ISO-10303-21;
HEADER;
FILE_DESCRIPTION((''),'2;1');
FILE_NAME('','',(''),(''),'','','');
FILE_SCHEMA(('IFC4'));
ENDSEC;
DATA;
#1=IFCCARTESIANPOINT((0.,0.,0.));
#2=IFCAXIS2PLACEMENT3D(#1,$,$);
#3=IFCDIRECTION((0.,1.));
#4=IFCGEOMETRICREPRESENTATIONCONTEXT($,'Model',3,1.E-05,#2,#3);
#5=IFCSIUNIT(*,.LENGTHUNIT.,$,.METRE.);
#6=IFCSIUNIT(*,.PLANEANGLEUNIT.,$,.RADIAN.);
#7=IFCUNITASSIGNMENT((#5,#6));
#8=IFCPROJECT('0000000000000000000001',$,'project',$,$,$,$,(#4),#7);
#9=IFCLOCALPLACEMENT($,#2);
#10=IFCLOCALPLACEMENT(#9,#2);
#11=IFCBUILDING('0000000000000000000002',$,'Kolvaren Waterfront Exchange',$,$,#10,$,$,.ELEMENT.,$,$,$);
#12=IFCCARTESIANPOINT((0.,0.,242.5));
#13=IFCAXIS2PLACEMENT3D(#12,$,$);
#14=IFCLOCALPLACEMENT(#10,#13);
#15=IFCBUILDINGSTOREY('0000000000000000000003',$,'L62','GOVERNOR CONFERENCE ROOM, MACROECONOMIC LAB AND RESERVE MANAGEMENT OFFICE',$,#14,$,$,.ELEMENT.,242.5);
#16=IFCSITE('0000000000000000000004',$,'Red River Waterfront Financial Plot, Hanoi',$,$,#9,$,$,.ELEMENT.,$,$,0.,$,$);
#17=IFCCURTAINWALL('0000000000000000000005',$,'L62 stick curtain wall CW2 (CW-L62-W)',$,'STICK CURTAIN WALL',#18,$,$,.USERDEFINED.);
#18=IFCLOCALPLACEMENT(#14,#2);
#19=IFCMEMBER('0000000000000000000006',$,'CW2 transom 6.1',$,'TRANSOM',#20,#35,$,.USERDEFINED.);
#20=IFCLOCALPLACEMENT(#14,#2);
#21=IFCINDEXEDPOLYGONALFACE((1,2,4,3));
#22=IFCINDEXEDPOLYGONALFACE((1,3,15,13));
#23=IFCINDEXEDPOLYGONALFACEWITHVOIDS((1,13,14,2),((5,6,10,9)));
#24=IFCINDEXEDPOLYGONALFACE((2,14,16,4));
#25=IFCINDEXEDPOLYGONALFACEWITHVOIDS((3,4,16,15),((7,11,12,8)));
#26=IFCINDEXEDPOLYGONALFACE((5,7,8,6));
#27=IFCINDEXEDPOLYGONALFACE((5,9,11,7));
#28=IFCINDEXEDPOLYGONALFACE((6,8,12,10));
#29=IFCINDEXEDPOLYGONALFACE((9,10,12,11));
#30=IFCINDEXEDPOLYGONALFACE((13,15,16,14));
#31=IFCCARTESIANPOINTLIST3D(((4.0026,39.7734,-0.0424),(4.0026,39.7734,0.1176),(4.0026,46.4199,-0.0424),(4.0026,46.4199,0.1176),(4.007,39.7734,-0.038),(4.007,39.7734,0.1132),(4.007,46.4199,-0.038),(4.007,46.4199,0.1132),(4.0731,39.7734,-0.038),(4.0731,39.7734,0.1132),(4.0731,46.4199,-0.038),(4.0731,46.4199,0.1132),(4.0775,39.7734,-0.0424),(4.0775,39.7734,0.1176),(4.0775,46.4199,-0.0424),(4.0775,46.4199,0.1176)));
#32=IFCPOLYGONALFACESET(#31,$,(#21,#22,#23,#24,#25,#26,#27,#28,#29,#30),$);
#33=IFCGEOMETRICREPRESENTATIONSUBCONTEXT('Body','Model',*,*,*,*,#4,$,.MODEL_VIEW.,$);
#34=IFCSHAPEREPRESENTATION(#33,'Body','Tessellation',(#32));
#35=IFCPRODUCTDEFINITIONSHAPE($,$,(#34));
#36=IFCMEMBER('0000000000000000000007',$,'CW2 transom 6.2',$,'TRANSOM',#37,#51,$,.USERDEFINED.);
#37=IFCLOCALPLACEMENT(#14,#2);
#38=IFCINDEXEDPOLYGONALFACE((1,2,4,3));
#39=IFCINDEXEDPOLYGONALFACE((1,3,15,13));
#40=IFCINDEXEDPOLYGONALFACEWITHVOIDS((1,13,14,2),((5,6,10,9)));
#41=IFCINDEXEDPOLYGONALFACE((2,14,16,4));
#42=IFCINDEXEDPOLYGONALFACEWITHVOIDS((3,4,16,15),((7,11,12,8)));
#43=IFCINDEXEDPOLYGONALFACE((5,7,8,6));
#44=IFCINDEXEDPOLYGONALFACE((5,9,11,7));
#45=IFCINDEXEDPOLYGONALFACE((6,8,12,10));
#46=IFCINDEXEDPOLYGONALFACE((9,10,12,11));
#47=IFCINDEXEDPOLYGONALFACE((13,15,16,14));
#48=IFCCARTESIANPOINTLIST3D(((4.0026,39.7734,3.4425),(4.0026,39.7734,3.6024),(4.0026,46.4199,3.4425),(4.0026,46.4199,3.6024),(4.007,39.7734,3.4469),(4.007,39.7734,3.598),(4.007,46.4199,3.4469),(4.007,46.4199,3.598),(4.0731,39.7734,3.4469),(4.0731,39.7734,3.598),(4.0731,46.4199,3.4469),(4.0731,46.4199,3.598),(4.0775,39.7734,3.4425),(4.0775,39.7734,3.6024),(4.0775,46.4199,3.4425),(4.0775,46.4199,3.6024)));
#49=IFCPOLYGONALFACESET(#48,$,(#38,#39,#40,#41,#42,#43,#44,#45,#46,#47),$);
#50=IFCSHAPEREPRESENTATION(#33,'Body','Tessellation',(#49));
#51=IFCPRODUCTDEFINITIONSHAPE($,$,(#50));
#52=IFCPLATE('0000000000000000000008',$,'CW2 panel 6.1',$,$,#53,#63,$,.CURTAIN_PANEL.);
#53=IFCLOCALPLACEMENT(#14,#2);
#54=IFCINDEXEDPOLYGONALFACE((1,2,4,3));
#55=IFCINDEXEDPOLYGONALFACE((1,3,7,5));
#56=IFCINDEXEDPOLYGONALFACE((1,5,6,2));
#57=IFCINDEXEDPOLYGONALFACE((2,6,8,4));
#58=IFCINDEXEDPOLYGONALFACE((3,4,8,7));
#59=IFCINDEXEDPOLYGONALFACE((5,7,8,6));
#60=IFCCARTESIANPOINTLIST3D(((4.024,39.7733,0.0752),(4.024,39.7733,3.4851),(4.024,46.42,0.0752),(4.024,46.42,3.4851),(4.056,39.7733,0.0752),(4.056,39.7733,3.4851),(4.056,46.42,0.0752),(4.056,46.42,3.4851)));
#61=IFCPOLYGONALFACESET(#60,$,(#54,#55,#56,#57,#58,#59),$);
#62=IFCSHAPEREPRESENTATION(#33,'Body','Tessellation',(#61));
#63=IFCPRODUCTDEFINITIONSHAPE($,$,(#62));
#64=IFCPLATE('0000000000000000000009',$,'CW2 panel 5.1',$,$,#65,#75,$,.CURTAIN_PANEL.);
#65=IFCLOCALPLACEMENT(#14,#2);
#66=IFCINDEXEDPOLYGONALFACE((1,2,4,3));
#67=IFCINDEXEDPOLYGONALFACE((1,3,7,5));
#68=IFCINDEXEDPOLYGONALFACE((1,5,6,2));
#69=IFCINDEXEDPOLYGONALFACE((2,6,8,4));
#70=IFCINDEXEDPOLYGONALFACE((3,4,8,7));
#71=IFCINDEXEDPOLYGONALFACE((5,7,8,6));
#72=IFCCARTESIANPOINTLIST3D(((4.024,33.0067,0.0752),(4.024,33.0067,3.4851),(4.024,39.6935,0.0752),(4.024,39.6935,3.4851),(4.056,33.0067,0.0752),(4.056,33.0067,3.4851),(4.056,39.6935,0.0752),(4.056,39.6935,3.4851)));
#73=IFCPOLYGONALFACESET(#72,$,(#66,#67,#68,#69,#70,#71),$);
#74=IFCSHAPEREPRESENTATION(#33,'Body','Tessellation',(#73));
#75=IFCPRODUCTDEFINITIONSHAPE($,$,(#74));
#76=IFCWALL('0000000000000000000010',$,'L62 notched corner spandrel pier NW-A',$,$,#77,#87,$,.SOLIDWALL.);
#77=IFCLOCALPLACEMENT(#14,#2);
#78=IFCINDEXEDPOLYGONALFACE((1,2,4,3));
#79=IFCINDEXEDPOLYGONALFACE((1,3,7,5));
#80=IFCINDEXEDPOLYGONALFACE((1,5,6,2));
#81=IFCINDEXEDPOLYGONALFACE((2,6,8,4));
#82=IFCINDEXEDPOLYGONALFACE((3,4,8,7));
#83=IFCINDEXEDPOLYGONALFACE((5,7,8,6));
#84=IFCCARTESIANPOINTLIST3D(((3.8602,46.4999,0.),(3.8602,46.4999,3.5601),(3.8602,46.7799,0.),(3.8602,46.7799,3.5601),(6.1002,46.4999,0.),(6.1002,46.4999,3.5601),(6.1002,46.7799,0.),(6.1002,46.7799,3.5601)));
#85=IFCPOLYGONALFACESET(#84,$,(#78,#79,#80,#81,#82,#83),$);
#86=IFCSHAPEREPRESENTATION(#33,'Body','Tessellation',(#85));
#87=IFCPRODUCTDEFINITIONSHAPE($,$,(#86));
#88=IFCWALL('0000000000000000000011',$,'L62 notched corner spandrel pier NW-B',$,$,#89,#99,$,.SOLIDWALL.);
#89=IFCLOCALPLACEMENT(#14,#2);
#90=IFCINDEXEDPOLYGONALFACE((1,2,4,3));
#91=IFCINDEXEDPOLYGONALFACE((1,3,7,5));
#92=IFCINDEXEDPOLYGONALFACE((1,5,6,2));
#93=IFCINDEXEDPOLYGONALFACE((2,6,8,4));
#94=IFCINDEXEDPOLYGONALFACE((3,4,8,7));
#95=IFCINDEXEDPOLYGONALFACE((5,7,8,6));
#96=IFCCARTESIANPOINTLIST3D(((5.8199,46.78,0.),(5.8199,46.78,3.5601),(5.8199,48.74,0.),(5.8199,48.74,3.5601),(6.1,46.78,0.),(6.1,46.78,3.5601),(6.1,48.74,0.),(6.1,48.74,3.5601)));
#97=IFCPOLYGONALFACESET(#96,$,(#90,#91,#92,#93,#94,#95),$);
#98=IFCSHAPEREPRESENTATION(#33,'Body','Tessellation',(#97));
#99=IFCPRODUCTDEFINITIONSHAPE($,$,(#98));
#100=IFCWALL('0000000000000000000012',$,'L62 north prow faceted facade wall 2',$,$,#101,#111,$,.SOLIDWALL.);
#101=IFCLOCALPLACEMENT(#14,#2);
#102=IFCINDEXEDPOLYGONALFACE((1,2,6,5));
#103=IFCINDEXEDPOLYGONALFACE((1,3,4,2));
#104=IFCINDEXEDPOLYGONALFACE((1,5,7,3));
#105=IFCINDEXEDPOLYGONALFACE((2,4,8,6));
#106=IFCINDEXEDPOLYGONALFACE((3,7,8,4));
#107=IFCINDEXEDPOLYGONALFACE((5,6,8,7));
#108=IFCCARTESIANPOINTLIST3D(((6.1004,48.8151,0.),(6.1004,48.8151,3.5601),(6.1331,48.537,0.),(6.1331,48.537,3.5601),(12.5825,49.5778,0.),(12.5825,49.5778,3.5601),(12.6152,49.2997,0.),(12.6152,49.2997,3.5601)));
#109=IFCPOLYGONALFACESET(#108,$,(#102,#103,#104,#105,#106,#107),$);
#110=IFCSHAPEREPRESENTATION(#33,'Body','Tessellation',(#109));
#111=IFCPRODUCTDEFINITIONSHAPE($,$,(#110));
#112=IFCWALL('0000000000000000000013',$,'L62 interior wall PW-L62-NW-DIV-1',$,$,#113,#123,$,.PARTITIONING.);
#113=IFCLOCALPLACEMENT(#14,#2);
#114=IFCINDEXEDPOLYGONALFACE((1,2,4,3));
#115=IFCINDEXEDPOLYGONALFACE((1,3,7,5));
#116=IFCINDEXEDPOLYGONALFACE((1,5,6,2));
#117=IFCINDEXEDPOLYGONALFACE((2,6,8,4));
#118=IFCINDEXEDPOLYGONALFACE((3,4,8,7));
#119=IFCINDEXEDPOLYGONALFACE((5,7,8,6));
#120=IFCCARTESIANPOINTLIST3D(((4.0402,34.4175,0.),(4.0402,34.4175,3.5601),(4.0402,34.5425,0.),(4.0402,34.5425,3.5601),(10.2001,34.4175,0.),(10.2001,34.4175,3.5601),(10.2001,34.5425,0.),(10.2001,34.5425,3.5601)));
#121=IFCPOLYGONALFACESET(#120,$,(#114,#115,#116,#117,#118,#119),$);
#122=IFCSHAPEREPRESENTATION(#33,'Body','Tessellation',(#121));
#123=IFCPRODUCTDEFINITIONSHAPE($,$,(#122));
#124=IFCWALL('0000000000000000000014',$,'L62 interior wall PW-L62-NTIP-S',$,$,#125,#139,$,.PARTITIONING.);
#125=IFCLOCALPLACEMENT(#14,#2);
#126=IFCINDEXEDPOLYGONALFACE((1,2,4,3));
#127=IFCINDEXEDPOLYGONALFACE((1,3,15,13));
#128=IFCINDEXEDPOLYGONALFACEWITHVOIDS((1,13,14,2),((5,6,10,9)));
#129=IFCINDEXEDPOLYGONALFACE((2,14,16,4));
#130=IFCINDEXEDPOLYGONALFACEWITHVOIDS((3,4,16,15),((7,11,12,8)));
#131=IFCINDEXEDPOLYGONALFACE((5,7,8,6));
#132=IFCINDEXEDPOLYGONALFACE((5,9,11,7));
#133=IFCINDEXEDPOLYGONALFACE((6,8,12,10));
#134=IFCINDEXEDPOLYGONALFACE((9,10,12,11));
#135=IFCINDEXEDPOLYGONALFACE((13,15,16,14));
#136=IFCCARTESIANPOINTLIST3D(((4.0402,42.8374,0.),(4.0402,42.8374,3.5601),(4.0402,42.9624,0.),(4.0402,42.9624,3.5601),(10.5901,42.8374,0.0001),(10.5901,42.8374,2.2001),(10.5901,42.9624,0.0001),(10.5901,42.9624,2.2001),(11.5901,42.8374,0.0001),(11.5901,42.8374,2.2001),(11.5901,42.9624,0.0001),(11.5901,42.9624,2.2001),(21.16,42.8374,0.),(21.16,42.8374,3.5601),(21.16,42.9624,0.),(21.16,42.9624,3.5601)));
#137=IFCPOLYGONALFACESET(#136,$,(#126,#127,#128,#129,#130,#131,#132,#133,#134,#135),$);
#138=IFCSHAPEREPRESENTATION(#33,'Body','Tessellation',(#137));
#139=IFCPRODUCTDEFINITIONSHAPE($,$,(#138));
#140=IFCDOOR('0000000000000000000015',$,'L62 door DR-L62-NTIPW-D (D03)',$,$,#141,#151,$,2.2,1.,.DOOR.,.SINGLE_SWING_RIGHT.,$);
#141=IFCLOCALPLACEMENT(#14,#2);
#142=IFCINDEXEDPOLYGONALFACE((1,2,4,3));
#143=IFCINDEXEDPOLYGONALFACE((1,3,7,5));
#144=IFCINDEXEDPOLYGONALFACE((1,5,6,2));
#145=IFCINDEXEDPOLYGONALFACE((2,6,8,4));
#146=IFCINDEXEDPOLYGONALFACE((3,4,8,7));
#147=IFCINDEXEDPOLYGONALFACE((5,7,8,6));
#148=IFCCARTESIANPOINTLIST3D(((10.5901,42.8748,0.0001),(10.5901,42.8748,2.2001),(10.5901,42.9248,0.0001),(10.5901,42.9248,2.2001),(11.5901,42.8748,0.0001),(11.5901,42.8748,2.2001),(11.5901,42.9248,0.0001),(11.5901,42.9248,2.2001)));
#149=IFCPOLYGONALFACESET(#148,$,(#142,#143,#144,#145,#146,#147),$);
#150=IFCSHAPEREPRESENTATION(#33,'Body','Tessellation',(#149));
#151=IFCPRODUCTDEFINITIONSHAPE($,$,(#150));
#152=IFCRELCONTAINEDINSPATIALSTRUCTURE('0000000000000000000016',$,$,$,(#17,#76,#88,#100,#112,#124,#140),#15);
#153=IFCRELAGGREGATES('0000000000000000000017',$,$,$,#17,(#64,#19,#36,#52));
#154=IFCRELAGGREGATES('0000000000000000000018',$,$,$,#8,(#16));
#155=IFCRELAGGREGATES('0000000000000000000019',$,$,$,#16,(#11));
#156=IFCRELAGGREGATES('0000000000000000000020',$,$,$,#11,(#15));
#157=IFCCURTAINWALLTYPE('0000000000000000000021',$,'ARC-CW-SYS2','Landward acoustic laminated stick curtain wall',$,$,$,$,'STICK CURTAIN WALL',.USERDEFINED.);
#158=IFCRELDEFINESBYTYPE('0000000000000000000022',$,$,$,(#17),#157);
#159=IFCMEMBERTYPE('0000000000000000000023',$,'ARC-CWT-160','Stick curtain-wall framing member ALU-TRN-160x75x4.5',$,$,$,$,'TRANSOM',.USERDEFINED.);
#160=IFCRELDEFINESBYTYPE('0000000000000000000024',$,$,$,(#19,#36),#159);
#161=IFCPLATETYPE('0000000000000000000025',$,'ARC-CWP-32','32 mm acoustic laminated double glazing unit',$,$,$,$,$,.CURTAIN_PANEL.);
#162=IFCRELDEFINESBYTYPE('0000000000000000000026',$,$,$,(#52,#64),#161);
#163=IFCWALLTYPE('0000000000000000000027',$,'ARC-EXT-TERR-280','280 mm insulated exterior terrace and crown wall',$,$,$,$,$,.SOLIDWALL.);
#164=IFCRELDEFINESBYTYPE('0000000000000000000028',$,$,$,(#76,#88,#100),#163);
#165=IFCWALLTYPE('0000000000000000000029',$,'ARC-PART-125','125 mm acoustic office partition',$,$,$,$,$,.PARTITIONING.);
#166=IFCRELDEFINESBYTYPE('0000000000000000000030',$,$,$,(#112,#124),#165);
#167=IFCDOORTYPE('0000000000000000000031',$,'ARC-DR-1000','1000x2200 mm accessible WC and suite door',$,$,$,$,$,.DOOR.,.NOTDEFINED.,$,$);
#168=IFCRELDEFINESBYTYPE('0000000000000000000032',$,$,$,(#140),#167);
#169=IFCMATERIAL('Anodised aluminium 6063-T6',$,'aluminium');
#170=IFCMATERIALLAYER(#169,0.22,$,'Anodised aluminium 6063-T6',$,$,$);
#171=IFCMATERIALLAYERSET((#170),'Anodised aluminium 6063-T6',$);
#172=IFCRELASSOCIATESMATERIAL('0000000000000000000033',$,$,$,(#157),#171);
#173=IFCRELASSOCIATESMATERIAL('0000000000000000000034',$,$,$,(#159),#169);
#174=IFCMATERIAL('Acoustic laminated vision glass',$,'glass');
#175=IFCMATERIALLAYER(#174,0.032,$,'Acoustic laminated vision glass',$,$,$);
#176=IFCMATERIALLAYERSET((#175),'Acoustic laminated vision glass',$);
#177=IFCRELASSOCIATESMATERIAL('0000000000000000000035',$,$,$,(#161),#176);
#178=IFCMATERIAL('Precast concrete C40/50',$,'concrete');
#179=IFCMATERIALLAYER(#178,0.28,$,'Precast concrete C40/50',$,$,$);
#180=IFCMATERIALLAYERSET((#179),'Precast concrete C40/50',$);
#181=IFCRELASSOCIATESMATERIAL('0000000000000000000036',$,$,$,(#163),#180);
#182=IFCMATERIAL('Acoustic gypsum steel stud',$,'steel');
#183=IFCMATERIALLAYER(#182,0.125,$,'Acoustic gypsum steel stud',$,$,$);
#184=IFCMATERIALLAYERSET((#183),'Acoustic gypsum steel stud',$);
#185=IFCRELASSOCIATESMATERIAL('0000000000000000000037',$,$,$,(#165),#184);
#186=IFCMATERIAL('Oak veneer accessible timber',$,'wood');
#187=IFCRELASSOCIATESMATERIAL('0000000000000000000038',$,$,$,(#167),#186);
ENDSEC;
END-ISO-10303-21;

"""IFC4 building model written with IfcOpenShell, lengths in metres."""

from ifc_helpers import new_model, si_unit, direction, frame, frame_2d, origin, origin_with_axes, origin_2d, place, context, subcontext, project, spatial, rectangle, hollow_rectangle, extrude, source, transform, mapped, material, layer, layer_set, material_profile, profile_set, type_object, element, fill, aggregate, save


model = new_model("IFC4")

# Units and contexts
model_context = context("Model", 3, precision=1e-05, world=origin(), true_north=direction((0.0, 1.0)))
body_context = subcontext(model_context, "Body", "Model", "MODEL_VIEW")
ifc_project = project(units=[si_unit("LENGTHUNIT", "METRE"), si_unit("PLANEANGLEUNIT", "RADIAN")], contexts=[model_context])

# Site, building, storey
site_placement = place(None, origin())
site = spatial("IfcSite", under=ifc_project, at=site_placement, Name="Red River Waterfront Financial Plot, Hanoi", CompositionType="ELEMENT", RefElevation=0.0)
building_placement = place(site_placement, origin())
building = spatial("IfcBuilding", under=site, at=building_placement, Name="Kolvaren Waterfront Exchange", CompositionType="ELEMENT")
storey_placement = place(building_placement, frame((0.0, 0.0, 242.5)))
storey = spatial("IfcBuildingStorey", under=building, at=storey_placement, Name="L62", Description="GOVERNOR CONFERENCE ROOM, MACROECONOMIC LAB AND RESERVE MANAGEMENT OFFICE", CompositionType="ELEMENT", Elevation=242.5)

# Curtain wall, members, plates
ifc_material_1 = material(Name="Anodised aluminium 6063-T6", Category="aluminium")
ifc_layer_1 = layer(ifc_material_1, 0.22, Name="Anodised aluminium 6063-T6")
ifc_layer_set_1 = layer_set([ifc_layer_1], Name="Anodised aluminium 6063-T6")
curtain_wall_type = type_object("IfcCurtainWallType", Name="ARC-CW-SYS2", Description="Landward acoustic laminated stick curtain wall", ElementType="STICK CURTAIN WALL", PredefinedType="USERDEFINED", material=ifc_layer_set_1)
curtain_wall_placement = place(storey_placement, origin())
curtain_wall = element("IfcCurtainWall", 1, at=curtain_wall_placement, inside=storey, type_object=curtain_wall_type, Name="L62 stick curtain wall CW2 (CW-L62-W)", ObjectType="STICK CURTAIN WALL", PredefinedType="USERDEFINED")
ifc_material_profile_1 = material_profile(ifc_material_1, hollow_rectangle(XDim=0.075, YDim=0.1599, WallThickness=0.0044, at=origin_2d()), Name="ALU-TRN-160x75x4.5")
ifc_profile_set_1 = profile_set([ifc_material_profile_1], Name="Anodised aluminium 6063-T6")
member_type_1 = type_object("IfcMemberType", Name="ARC-CWT-160", Description="Stick curtain-wall framing member ALU-TRN-160x75x4.5", ElementType="TRANSOM", PredefinedType="USERDEFINED", material=ifc_profile_set_1)
shared_shape_1 = source(origin_with_axes(), body_context, "Body", "SweptSolid", [
    extrude(hollow_rectangle(XDim=0.075, YDim=0.1599, WallThickness=0.0044, at=origin_2d()), origin(), (0.0, 0.0, 1.0), 6.6465),
])
member_1_placement = place(storey_placement, frame((4.04, 39.7734, 0.0376), z_axis=(0.0, 1.0, 0.0), x_axis=(-1.0, 0.0, 0.0)))
member_1 = element("IfcMember", 2, at=member_1_placement, type_object=member_type_1, Name="CW2 transom 6.1", ObjectType="TRANSOM", PredefinedType="USERDEFINED", context=body_context, shape_type="MappedRepresentation", body=[
    mapped(shared_shape_1, transform((0.0, 0.0, 0.0), x_axis=(1.0, 0.0, 0.0), y_axis=(0.0, 1.0, 0.0), z_axis=(0.0, 0.0, 1.0), scale=1.0)),
])
member_2_placement = place(storey_placement, frame((4.04, 39.7734, 3.5225), z_axis=(0.0, 1.0, 0.0), x_axis=(-1.0, 0.0, 0.0)))
member_2 = element("IfcMember", 3, at=member_2_placement, type_object=member_type_1, Name="CW2 transom 6.2", ObjectType="TRANSOM", PredefinedType="USERDEFINED", context=body_context, shape_type="MappedRepresentation", body=[
    mapped(shared_shape_1, transform((0.0, 0.0, 0.0), x_axis=(1.0, 0.0, 0.0), y_axis=(0.0, 1.0, 0.0), z_axis=(0.0, 0.0, 1.0), scale=1.0)),
])
ifc_material_2 = material(Name="Acoustic laminated vision glass", Category="glass")
ifc_layer_2 = layer(ifc_material_2, 0.032, Name="Acoustic laminated vision glass")
ifc_layer_set_2 = layer_set([ifc_layer_2], Name="Acoustic laminated vision glass")
plate_type = type_object("IfcPlateType", Name="ARC-CWP-32", Description="32 mm acoustic laminated double glazing unit", PredefinedType="CURTAIN_PANEL", material=ifc_layer_set_2)
shared_shape_2 = source(origin_with_axes(), body_context, "Body", "SweptSolid", [
    extrude(rectangle(XDim=6.6467, YDim=0.032, at=origin_2d()), origin(), (0.0, 0.0, 1.0), 3.4099),
])
plate_1_placement = place(storey_placement, frame((4.04, 43.0967, 0.0752), z_axis=(0.0, 0.0, 1.0), x_axis=(0.0, 1.0, 0.0)))
plate_1 = element("IfcPlate", 4, at=plate_1_placement, type_object=plate_type, Name="CW2 panel 6.1", PredefinedType="CURTAIN_PANEL", context=body_context, shape_type="MappedRepresentation", body=[
    mapped(shared_shape_2, transform((0.0, 0.0, 0.0), x_axis=(1.0, 0.0, 0.0), y_axis=(0.0, 1.0, 0.0), z_axis=(0.0, 0.0, 1.0), scale=1.0)),
])
shared_shape_3 = source(origin_with_axes(), body_context, "Body", "SweptSolid", [
    extrude(rectangle(XDim=6.6868, YDim=0.032, at=origin_2d()), origin(), (0.0, 0.0, 1.0), 3.4099),
])
plate_2_placement = place(storey_placement, frame((4.04, 36.3501, 0.0752), z_axis=(0.0, 0.0, 1.0), x_axis=(0.0, 1.0, 0.0)))
plate_2 = element("IfcPlate", 5, at=plate_2_placement, type_object=plate_type, Name="CW2 panel 5.1", PredefinedType="CURTAIN_PANEL", context=body_context, shape_type="MappedRepresentation", body=[
    mapped(shared_shape_3, transform((0.0, 0.0, 0.0), x_axis=(1.0, 0.0, 0.0), y_axis=(0.0, 1.0, 0.0), z_axis=(0.0, 0.0, 1.0), scale=1.0)),
])
aggregate(curtain_wall, [plate_2, member_1, member_2, plate_1])

# Walls
ifc_material_3 = material(Name="Precast concrete C40/50", Category="concrete")
ifc_layer_3 = layer(ifc_material_3, 0.28, Name="Precast concrete C40/50")
ifc_layer_set_3 = layer_set([ifc_layer_3], Name="Precast concrete C40/50")
wall_type_1 = type_object("IfcWallType", Name="ARC-EXT-TERR-280", Description="280 mm insulated exterior terrace and crown wall", PredefinedType="SOLIDWALL", material=ifc_layer_set_3)
wall_1_placement = place(storey_placement, frame((3.8601, 46.6399, 0.0), z_axis=(0.0, 0.0, 1.0), x_axis=(1.0, 0.0, 0.0)))
element("IfcWall", 6, at=wall_1_placement, inside=storey, type_object=wall_type_1, Name="L62 notched corner spandrel pier NW-A", PredefinedType="SOLIDWALL", context=body_context, shape_type="SweptSolid", body=[
    extrude(rectangle(XDim=2.24, YDim=0.28, at=frame_2d((1.1201, 0.0))), origin(), (0.0, 0.0, 1.0), 3.5601),
])
wall_2_placement = place(storey_placement, frame((5.96, 46.78, 0.0), z_axis=(0.0, 0.0, 1.0), x_axis=(0.0, 1.0, 0.0)))
element("IfcWall", 7, at=wall_2_placement, inside=storey, type_object=wall_type_1, Name="L62 notched corner spandrel pier NW-B", PredefinedType="SOLIDWALL", context=body_context, shape_type="SweptSolid", body=[
    extrude(rectangle(XDim=1.96, YDim=0.28, at=frame_2d((0.98, 0.0))), origin(), (0.0, 0.0, 1.0), 3.5601),
])
wall_3_placement = place(storey_placement, frame((12.5989, 49.4387, 0.0), z_axis=(0.0, 0.0, 1.0), x_axis=(-0.993149, -0.116854, 0.0)))
element("IfcWall", 8, at=wall_3_placement, inside=storey, type_object=wall_type_1, Name="L62 north prow faceted facade wall 2", PredefinedType="SOLIDWALL", context=body_context, shape_type="SweptSolid", body=[
    extrude(rectangle(XDim=6.5269, YDim=0.28, at=frame_2d((3.2634, 0.0))), origin(), (0.0, 0.0, 1.0), 3.5601),
])
ifc_material_4 = material(Name="Acoustic gypsum steel stud", Category="steel")
ifc_layer_4 = layer(ifc_material_4, 0.125, Name="Acoustic gypsum steel stud")
ifc_layer_set_4 = layer_set([ifc_layer_4], Name="Acoustic gypsum steel stud")
wall_type_2 = type_object("IfcWallType", Name="ARC-PART-125", Description="125 mm acoustic office partition", PredefinedType="PARTITIONING", material=ifc_layer_set_4)
wall_4_placement = place(storey_placement, frame((4.04, 34.48, 0.0), z_axis=(0.0, 0.0, 1.0), x_axis=(1.0, 0.0, 0.0)))
element("IfcWall", 9, at=wall_4_placement, inside=storey, type_object=wall_type_2, Name="L62 interior wall PW-L62-NW-DIV-1", PredefinedType="PARTITIONING", context=body_context, shape_type="SweptSolid", body=[
    extrude(rectangle(XDim=6.1599, YDim=0.125, at=frame_2d((3.0801, 0.0))), origin(), (0.0, 0.0, 1.0), 3.5601),
])

# Wall, opening, door
wall_5_placement = place(storey_placement, frame((4.04, 42.8999, 0.0), z_axis=(0.0, 0.0, 1.0), x_axis=(1.0, 0.0, 0.0)))
wall_5 = element("IfcWall", 10, at=wall_5_placement, inside=storey, type_object=wall_type_2, Name="L62 interior wall PW-L62-NTIP-S", PredefinedType="PARTITIONING", context=body_context, shape_type="SweptSolid", body=[
    extrude(rectangle(XDim=17.1199, YDim=0.125, at=frame_2d((8.5601, 0.0))), origin(), (0.0, 0.0, 1.0), 3.5601),
])
opening_1_placement = place(wall_5_placement, frame((6.55, 0.0, 0.0)))
opening_1 = element("IfcOpeningElement", 11, at=opening_1_placement, cuts=wall_5, PredefinedType="OPENING", context=body_context, shape_type="SweptSolid", body=[
    extrude(rectangle(XDim=1.0, YDim=2.2, at=frame_2d((0.5, 1.1001))), frame((0.0, 0.0725, 0.0), z_axis=(0.0, -1.0, 0.0), x_axis=(1.0, 0.0, 0.0)), (0.0, 0.0, 1.0), 0.145),
])
ifc_material_5 = material(Name="Oak veneer accessible timber", Category="wood")
door_type_1 = type_object("IfcDoorType", Name="ARC-DR-1000", Description="1000x2200 mm accessible WC and suite door", OperationType="NOTDEFINED", PredefinedType="DOOR", material=ifc_material_5)
door_1_placement = place(opening_1_placement, origin())
door_1 = element("IfcDoor", 12, at=door_1_placement, inside=storey, type_object=door_type_1, Name="L62 door DR-L62-NTIPW-D (D03)", OperationType="SINGLE_SWING_RIGHT", OverallHeight=2.2, OverallWidth=1.0, PredefinedType="DOOR", context=body_context, shape_type="SweptSolid", body=[
    extrude(rectangle(XDim=1.0, YDim=2.2, at=frame_2d((0.5, 1.1001))), frame((0.0, 0.0249, 0.0), z_axis=(0.0, -1.0, 0.0), x_axis=(1.0, 0.0, 0.0)), (0.0, 0.0, 1.0), 0.05),
])
fill(opening_1, door_1)

save(model, "model.ifc")
